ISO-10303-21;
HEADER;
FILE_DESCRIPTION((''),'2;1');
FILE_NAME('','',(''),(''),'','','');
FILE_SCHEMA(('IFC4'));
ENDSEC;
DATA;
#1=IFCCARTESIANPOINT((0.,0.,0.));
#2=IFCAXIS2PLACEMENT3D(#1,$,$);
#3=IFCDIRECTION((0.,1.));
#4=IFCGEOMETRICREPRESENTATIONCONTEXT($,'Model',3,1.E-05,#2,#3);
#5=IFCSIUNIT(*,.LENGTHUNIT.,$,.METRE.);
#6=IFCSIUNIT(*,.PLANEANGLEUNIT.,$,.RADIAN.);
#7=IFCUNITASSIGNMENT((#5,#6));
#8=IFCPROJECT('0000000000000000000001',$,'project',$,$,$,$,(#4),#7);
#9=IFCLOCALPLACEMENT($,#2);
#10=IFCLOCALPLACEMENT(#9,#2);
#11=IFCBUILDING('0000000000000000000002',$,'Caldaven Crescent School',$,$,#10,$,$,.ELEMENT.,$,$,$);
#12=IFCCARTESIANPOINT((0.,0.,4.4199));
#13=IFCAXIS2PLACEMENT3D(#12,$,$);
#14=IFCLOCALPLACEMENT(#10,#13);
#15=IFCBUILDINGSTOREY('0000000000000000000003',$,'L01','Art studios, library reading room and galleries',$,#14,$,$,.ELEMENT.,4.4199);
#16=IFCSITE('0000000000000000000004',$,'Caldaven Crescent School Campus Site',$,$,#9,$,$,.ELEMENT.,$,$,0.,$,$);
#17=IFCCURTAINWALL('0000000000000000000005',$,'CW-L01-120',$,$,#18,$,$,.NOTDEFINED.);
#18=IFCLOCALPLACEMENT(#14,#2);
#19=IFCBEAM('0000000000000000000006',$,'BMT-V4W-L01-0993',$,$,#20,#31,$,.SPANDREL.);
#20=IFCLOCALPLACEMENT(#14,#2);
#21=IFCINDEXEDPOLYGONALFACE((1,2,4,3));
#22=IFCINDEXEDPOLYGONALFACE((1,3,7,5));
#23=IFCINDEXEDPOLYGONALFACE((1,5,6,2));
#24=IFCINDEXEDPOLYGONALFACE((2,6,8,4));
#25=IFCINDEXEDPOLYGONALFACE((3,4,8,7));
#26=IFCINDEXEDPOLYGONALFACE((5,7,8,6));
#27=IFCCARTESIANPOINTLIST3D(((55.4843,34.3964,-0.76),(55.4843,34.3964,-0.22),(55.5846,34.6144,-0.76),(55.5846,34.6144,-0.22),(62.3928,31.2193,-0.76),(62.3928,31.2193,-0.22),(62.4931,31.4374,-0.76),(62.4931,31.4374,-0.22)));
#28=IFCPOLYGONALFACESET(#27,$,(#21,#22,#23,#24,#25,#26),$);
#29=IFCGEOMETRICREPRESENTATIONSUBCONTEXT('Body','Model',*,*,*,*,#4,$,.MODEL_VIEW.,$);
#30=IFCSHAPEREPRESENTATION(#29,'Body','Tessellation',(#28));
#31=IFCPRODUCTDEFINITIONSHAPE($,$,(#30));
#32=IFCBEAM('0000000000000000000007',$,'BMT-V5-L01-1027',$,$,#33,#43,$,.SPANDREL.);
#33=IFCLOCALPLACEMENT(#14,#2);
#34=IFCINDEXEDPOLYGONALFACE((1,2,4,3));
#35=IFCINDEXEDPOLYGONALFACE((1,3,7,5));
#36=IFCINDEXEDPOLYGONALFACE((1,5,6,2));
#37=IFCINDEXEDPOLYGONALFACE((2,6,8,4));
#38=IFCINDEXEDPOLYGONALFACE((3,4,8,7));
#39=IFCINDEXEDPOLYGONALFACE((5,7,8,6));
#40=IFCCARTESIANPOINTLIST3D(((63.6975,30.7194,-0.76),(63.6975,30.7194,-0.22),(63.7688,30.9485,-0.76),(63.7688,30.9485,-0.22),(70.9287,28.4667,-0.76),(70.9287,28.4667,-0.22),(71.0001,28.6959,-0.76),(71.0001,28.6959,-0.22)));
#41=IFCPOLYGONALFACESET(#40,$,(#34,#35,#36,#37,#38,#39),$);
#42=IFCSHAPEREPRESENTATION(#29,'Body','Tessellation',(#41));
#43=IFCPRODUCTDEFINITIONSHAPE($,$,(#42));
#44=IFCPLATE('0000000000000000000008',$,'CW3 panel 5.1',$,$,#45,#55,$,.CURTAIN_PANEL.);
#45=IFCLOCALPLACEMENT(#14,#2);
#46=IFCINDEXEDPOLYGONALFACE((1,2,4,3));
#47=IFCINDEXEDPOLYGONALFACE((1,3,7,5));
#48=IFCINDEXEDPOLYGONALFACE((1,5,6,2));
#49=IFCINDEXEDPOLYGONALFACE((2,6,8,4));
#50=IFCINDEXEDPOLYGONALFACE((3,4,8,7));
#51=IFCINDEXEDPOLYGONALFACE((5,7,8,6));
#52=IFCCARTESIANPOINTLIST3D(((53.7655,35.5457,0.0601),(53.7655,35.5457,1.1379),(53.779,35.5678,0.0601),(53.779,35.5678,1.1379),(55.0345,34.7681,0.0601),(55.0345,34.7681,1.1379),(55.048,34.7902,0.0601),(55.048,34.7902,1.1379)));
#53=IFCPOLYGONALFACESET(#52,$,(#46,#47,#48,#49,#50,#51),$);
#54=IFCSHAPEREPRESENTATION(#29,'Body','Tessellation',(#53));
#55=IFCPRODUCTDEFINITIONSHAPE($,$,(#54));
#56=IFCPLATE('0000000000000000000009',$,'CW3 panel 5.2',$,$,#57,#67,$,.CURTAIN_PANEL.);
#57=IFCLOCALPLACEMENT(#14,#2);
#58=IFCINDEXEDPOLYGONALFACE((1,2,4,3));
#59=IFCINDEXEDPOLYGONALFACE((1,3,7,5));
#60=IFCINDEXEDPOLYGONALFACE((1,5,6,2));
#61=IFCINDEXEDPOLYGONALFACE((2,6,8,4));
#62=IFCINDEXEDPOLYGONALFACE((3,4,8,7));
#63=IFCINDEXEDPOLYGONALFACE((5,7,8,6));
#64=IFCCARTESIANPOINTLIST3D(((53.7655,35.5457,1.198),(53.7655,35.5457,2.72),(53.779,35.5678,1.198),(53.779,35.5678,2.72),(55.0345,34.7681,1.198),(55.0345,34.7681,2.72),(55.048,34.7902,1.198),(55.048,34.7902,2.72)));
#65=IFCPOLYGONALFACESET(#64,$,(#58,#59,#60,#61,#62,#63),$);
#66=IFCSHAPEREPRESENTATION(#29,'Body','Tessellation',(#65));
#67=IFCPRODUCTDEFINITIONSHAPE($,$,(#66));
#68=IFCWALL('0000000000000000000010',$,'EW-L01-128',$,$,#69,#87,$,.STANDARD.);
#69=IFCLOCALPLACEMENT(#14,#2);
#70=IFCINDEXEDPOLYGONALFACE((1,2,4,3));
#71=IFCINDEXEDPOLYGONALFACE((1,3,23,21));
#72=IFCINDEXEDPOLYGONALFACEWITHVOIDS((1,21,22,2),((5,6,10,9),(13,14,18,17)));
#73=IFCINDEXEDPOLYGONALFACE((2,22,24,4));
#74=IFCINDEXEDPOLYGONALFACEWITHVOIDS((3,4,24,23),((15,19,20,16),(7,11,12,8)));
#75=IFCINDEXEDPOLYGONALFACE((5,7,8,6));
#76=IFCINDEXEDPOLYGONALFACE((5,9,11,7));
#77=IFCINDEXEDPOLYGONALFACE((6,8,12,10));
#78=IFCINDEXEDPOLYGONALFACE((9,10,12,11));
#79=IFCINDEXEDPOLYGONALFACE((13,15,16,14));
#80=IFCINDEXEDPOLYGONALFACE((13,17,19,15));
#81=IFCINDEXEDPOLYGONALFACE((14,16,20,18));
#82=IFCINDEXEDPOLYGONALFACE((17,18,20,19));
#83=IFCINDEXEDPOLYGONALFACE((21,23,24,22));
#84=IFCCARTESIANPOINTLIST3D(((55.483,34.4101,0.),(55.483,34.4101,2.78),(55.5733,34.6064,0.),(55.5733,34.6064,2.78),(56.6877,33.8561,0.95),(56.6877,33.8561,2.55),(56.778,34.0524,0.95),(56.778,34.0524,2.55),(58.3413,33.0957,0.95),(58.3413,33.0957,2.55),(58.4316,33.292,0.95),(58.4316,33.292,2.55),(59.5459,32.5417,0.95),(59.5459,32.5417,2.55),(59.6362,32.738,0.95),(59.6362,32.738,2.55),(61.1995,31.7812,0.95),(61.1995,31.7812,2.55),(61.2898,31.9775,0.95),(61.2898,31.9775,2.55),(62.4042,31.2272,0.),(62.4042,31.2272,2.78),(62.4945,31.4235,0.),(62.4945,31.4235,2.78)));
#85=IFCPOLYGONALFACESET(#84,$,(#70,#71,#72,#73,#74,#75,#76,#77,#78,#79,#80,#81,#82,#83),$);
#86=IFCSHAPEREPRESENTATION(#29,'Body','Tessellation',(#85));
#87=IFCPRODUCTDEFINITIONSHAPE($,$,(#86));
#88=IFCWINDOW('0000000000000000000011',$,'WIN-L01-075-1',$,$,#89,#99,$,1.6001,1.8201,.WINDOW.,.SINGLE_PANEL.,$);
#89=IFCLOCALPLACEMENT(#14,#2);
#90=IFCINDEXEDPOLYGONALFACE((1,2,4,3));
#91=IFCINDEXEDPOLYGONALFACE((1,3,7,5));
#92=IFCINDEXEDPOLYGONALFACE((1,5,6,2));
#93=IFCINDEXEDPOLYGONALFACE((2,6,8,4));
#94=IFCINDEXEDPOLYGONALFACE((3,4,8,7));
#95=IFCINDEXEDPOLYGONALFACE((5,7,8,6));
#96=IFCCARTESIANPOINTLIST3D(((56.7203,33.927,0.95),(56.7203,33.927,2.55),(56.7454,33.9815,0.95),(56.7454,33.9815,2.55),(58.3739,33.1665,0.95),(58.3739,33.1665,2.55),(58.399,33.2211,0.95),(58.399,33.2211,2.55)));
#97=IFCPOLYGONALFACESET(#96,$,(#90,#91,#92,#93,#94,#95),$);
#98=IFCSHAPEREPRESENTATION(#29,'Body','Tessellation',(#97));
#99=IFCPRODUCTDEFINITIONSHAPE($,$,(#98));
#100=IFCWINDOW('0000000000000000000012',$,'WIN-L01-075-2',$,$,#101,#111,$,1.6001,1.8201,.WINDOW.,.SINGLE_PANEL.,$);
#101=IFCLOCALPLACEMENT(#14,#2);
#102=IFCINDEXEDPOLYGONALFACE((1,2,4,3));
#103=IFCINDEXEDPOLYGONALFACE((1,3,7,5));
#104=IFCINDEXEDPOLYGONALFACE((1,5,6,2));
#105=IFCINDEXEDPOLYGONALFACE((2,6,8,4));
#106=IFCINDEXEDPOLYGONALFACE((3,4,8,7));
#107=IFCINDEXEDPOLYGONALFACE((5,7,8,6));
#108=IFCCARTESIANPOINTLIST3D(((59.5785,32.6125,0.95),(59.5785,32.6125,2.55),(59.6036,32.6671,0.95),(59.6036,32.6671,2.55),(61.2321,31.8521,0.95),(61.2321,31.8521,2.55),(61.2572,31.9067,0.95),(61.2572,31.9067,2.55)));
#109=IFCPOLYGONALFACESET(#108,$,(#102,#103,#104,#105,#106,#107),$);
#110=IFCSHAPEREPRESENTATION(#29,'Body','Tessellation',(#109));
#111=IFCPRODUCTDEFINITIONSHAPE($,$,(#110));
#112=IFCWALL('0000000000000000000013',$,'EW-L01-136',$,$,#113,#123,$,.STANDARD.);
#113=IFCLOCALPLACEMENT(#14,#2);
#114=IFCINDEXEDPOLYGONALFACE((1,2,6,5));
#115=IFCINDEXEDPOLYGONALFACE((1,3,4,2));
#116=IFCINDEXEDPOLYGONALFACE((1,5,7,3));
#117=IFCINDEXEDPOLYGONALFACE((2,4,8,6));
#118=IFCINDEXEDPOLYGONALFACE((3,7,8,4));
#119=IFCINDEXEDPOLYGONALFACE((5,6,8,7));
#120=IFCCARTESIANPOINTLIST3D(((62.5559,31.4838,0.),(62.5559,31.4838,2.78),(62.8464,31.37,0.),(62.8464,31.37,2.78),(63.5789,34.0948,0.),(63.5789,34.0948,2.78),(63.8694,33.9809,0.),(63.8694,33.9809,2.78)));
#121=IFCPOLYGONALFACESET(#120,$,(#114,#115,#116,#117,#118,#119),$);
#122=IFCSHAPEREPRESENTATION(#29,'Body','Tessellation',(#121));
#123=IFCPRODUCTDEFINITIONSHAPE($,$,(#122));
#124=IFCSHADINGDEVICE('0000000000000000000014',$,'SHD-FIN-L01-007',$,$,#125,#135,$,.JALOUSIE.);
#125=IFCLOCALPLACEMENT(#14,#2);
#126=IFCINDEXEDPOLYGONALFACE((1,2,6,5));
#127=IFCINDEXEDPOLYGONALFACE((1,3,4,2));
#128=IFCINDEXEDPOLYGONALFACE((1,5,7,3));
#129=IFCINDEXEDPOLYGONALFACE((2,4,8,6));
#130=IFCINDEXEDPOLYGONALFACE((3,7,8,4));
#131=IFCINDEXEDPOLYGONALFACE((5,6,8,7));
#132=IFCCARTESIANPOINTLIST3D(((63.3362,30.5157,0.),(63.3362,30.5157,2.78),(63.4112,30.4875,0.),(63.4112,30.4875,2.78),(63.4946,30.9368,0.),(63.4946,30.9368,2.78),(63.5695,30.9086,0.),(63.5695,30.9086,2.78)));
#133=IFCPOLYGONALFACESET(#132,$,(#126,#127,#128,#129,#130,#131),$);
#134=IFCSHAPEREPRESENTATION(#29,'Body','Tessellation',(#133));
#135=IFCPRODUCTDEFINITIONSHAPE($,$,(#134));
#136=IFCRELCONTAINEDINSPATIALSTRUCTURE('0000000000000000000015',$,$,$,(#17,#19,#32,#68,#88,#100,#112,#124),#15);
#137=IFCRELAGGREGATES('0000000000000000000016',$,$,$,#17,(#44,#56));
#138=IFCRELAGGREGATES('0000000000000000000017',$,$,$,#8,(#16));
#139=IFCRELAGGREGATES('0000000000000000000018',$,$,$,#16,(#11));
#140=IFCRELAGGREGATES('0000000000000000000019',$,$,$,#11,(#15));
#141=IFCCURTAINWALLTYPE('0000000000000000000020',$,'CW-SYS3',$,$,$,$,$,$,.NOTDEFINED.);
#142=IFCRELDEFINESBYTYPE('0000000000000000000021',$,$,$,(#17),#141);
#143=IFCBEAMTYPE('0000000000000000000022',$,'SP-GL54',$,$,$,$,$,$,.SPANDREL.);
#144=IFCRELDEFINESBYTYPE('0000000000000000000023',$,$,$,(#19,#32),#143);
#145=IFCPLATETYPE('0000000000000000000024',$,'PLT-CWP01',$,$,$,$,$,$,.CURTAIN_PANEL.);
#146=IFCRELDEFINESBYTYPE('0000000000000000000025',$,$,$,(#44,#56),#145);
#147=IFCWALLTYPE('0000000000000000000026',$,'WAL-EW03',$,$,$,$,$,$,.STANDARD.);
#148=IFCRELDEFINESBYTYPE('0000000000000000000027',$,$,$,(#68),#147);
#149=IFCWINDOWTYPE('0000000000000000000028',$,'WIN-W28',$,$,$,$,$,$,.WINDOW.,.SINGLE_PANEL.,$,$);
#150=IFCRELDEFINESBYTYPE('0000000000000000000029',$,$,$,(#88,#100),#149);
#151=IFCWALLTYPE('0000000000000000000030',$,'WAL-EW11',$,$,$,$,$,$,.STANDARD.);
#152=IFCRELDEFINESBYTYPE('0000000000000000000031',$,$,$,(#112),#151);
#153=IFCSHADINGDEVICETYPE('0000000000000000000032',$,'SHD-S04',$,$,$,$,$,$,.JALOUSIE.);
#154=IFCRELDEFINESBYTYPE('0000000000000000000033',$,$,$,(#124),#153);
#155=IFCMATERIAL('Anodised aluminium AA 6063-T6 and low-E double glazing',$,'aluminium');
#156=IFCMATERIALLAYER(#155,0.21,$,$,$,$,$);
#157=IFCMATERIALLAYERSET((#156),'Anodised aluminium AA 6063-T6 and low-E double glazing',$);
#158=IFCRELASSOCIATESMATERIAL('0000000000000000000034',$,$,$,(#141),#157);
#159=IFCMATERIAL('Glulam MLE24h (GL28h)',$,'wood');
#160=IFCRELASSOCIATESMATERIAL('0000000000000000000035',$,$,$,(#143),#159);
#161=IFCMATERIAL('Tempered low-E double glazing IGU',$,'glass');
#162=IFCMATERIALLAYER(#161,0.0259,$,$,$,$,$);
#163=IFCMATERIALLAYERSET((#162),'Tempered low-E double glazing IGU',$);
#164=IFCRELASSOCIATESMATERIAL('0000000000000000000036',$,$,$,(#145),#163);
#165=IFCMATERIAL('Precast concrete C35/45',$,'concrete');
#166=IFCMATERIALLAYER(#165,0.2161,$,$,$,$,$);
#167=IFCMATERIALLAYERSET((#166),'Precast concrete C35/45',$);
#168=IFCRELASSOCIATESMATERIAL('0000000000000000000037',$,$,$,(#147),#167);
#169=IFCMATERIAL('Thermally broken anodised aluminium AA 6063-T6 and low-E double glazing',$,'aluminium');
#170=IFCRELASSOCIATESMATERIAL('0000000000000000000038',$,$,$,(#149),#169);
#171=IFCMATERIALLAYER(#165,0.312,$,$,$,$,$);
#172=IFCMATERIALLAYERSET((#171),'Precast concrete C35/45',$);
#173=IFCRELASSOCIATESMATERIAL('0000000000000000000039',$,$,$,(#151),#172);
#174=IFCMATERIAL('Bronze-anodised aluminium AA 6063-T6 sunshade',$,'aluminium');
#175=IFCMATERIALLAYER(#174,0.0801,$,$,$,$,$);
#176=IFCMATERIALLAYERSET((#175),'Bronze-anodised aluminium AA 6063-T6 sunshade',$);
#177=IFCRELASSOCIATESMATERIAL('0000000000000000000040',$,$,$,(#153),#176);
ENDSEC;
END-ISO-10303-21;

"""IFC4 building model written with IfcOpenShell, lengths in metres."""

from ifc_helpers import new_model, si_unit, direction, frame, frame_2d, origin, origin_2d, place, context, subcontext, project, spatial, rectangle, extrude, material, layer, layer_set, material_profile, profile_set, type_object, element, fill, aggregate, save


model = new_model("IFC4")

# Units and contexts
model_context = context("Model", 3, precision=1e-05, world=origin(), true_north=direction((0.0, 1.0)))
body_context = subcontext(model_context, "Body", "Model", "MODEL_VIEW")
ifc_project = project(units=[si_unit("LENGTHUNIT", "METRE"), si_unit("PLANEANGLEUNIT", "RADIAN")], contexts=[model_context])

# Site, building, storey
site_placement = place(None, origin())
site = spatial("IfcSite", under=ifc_project, at=site_placement, Name="Caldaven Crescent School Campus Site", CompositionType="ELEMENT", RefElevation=0.0)
building_placement = place(site_placement, origin())
building = spatial("IfcBuilding", under=site, at=building_placement, Name="Caldaven Crescent School", CompositionType="ELEMENT")
storey_placement = place(building_placement, frame((0.0, 0.0, 4.4199)))
storey = spatial("IfcBuildingStorey", under=building, at=storey_placement, Name="L01", Description="Art studios, library reading room and galleries", CompositionType="ELEMENT", Elevation=4.4199)

# Shared definitions
ifc_material_1 = material(Name="Glulam MLE24h (GL28h)", Category="wood")

# Curtain wall
ifc_material_2 = material(Name="Anodised aluminium AA 6063-T6 and low-E double glazing", Category="aluminium")
ifc_layer_1 = layer(ifc_material_2, 0.21)
ifc_layer_set_1 = layer_set([ifc_layer_1], Name="Anodised aluminium AA 6063-T6 and low-E double glazing")
curtain_wall_type_1 = type_object("IfcCurtainWallType", Name="CW-SYS3", PredefinedType="NOTDEFINED", material=ifc_layer_set_1)
curtain_wall_1_placement = place(storey_placement, origin())
curtain_wall_1 = element("IfcCurtainWall", 1, at=curtain_wall_1_placement, inside=storey, type_object=curtain_wall_type_1, Name="CW-L01-120", PredefinedType="NOTDEFINED")

# Beams
ifc_material_profile_1 = material_profile(ifc_material_1, rectangle(XDim=0.24, YDim=0.54, at=origin_2d()), Name="MLE 240x540")
ifc_profile_set_1 = profile_set([ifc_material_profile_1], Name="Glulam MLE24h (GL28h)")
beam_type_1 = type_object("IfcBeamType", Name="SP-GL54", PredefinedType="SPANDREL", material=ifc_profile_set_1)
beam_1_placement = place(storey_placement, frame((55.5344, 34.5054, -0.49), z_axis=(0.908535, -0.41781, 0.0), x_axis=(0.41781, 0.908535, 0.0)))
element("IfcBeam", 2, at=beam_1_placement, inside=storey, type_object=beam_type_1, Name="BMT-V4W-L01-0993", PredefinedType="SPANDREL", context=body_context, shape_type="SweptSolid", body=[
    extrude(rectangle(XDim=0.24, YDim=0.54, at=origin_2d()), origin(), (0.0, 0.0, 1.0), 7.604),
])
beam_2_placement = place(storey_placement, frame((63.7332, 30.834, -0.49), z_axis=(0.954745, -0.297425, 0.0), x_axis=(0.297425, 0.954745, 0.0)))
element("IfcBeam", 3, at=beam_2_placement, inside=storey, type_object=beam_type_1, Name="BMT-V5-L01-1027", PredefinedType="SPANDREL", context=body_context, shape_type="SweptSolid", body=[
    extrude(rectangle(XDim=0.24, YDim=0.54, at=origin_2d()), origin(), (0.0, 0.0, 1.0), 7.574),
])

# Plates
ifc_material_3 = material(Name="Tempered low-E double glazing IGU", Category="glass")
ifc_layer_2 = layer(ifc_material_3, 0.0259)
ifc_layer_set_2 = layer_set([ifc_layer_2], Name="Tempered low-E double glazing IGU")
plate_type = type_object("IfcPlateType", Name="PLT-CWP01", PredefinedType="CURTAIN_PANEL", material=ifc_layer_set_2)
plate_1_placement = place(storey_placement, frame((54.4067, 35.168, 0.0601), z_axis=(0.0, 0.0, 1.0), x_axis=(0.85264, -0.522499, 0.0)))
plate_1 = element("IfcPlate", 4, at=plate_1_placement, type_object=plate_type, Name="CW3 panel 5.1", PredefinedType="CURTAIN_PANEL", context=body_context, shape_type="SweptSolid", body=[
    extrude(rectangle(XDim=1.4883, YDim=0.0259, at=origin_2d()), origin(), (0.0, 0.0, 1.0), 1.0779),
])
plate_2_placement = place(storey_placement, frame((54.4067, 35.168, 1.198), z_axis=(0.0, 0.0, 1.0), x_axis=(0.85264, -0.522499, 0.0)))
plate_2 = element("IfcPlate", 5, at=plate_2_placement, type_object=plate_type, Name="CW3 panel 5.2", PredefinedType="CURTAIN_PANEL", context=body_context, shape_type="SweptSolid", body=[
    extrude(rectangle(XDim=1.4883, YDim=0.0259, at=origin_2d()), origin(), (0.0, 0.0, 1.0), 1.522),
])
aggregate(curtain_wall_1, [plate_1, plate_2])

# Wall, openings, windows
ifc_material_4 = material(Name="Precast concrete C35/45", Category="concrete")
ifc_layer_3 = layer(ifc_material_4, 0.2161)
ifc_layer_set_3 = layer_set([ifc_layer_3], Name="Precast concrete C35/45")
wall_type_1 = type_object("IfcWallType", Name="WAL-EW03", PredefinedType="STANDARD", material=ifc_layer_set_3)
wall_1_placement = place(storey_placement, frame((55.5281, 34.5083, 0.0), z_axis=(0.0, 0.0, 1.0), x_axis=(0.908534, -0.417812, 0.0)))
wall_1 = element("IfcWall", 6, at=wall_1_placement, inside=storey, type_object=wall_type_1, Name="EW-L01-128", PredefinedType="STANDARD", context=body_context, shape_type="SweptSolid", body=[
    extrude(rectangle(XDim=7.6179, YDim=0.2161, at=frame_2d((3.8091, 0.0))), origin(), (0.0, 0.0, 1.0), 2.78),
])
opening_1_placement = place(wall_1_placement, frame((1.3259, 0.0, 0.95)))
opening_1 = element("IfcOpeningElement", 7, at=opening_1_placement, cuts=wall_1, PredefinedType="OPENING", context=body_context, shape_type="SweptSolid", body=[
    extrude(rectangle(XDim=1.8201, YDim=1.6001, at=frame_2d((0.9102, 0.8))), frame((0.0, 0.1179, 0.0), z_axis=(0.0, -1.0, 0.0), x_axis=(1.0, 0.0, 0.0)), (0.0, 0.0, 1.0), 0.2361),
])
opening_2_placement = place(wall_1_placement, frame((4.4719, 0.0, 0.95)))
opening_2 = element("IfcOpeningElement", 8, at=opening_2_placement, cuts=wall_1, PredefinedType="OPENING", context=body_context, shape_type="SweptSolid", body=[
    extrude(rectangle(XDim=1.8201, YDim=1.6001, at=frame_2d((0.9102, 0.8))), frame((0.0, 0.1179, 0.0), z_axis=(0.0, -1.0, 0.0), x_axis=(1.0, 0.0, 0.0)), (0.0, 0.0, 1.0), 0.2361),
])
ifc_material_5 = material(Name="Thermally broken anodised aluminium AA 6063-T6 and low-E double glazing", Category="aluminium")
window_type = type_object("IfcWindowType", Name="WIN-W28", PartitioningType="SINGLE_PANEL", PredefinedType="WINDOW", material=ifc_material_5)
window_1_placement = place(opening_1_placement, origin())
window_1 = element("IfcWindow", 9, at=window_1_placement, inside=storey, type_object=window_type, Name="WIN-L01-075-1", OverallHeight=1.6001, OverallWidth=1.8201, PartitioningType="SINGLE_PANEL", PredefinedType="WINDOW", context=body_context, shape_type="SweptSolid", body=[
    extrude(rectangle(XDim=1.8201, YDim=1.6001, at=frame_2d((0.9102, 0.8))), frame((0.0, 0.03, 0.0), z_axis=(0.0, -1.0, 0.0), x_axis=(1.0, 0.0, 0.0)), (0.0, 0.0, 1.0), 0.0601),
])
fill(opening_1, window_1)
window_2_placement = place(opening_2_placement, origin())
window_2 = element("IfcWindow", 10, at=window_2_placement, inside=storey, type_object=window_type, Name="WIN-L01-075-2", OverallHeight=1.6001, OverallWidth=1.8201, PartitioningType="SINGLE_PANEL", PredefinedType="WINDOW", context=body_context, shape_type="SweptSolid", body=[
    extrude(rectangle(XDim=1.8201, YDim=1.6001, at=frame_2d((0.9102, 0.8))), frame((0.0, 0.03, 0.0), z_axis=(0.0, -1.0, 0.0), x_axis=(1.0, 0.0, 0.0)), (0.0, 0.0, 1.0), 0.0601),
])
fill(opening_2, window_2)

# Wall
ifc_layer_4 = layer(ifc_material_4, 0.312)
ifc_layer_set_4 = layer_set([ifc_layer_4], Name="Precast concrete C35/45")
wall_type_2 = type_object("IfcWallType", Name="WAL-EW11", PredefinedType="STANDARD", material=ifc_layer_set_4)
wall_2_placement = place(storey_placement, frame((63.7241, 34.0378, 0.0), z_axis=(0.0, 0.0, 1.0), x_axis=(-0.364806, -0.931083, 0.0)))
element("IfcWall", 11, at=wall_2_placement, inside=storey, type_object=wall_type_2, Name="EW-L01-136", PredefinedType="STANDARD", context=body_context, shape_type="SweptSolid", body=[
    extrude(rectangle(XDim=2.8042, YDim=0.312, at=frame_2d((1.4021, 0.0))), origin(), (0.0, 0.0, 1.0), 2.78),
])

# Shading device
ifc_material_6 = material(Name="Bronze-anodised aluminium AA 6063-T6 sunshade", Category="aluminium")
ifc_layer_5 = layer(ifc_material_6, 0.0801)
ifc_layer_set_5 = layer_set([ifc_layer_5], Name="Bronze-anodised aluminium AA 6063-T6 sunshade")
shading_device_type = type_object("IfcShadingDeviceType", Name="SHD-S04", PredefinedType="JALOUSIE", material=ifc_layer_set_5)
shading_device_placement = place(storey_placement, frame((63.4529, 30.7122, 0.0), z_axis=(0.0, 0.0, 1.0), x_axis=(-0.352005, -0.935998, 0.0)))
element("IfcShadingDevice", 12, at=shading_device_placement, inside=storey, type_object=shading_device_type, Name="SHD-FIN-L01-007", PredefinedType="JALOUSIE", context=body_context, shape_type="SweptSolid", body=[
    extrude(rectangle(XDim=0.45, YDim=0.0801, at=origin_2d()), origin(), (0.0, 0.0, 1.0), 2.78),
])

save(model, "model.ifc")
